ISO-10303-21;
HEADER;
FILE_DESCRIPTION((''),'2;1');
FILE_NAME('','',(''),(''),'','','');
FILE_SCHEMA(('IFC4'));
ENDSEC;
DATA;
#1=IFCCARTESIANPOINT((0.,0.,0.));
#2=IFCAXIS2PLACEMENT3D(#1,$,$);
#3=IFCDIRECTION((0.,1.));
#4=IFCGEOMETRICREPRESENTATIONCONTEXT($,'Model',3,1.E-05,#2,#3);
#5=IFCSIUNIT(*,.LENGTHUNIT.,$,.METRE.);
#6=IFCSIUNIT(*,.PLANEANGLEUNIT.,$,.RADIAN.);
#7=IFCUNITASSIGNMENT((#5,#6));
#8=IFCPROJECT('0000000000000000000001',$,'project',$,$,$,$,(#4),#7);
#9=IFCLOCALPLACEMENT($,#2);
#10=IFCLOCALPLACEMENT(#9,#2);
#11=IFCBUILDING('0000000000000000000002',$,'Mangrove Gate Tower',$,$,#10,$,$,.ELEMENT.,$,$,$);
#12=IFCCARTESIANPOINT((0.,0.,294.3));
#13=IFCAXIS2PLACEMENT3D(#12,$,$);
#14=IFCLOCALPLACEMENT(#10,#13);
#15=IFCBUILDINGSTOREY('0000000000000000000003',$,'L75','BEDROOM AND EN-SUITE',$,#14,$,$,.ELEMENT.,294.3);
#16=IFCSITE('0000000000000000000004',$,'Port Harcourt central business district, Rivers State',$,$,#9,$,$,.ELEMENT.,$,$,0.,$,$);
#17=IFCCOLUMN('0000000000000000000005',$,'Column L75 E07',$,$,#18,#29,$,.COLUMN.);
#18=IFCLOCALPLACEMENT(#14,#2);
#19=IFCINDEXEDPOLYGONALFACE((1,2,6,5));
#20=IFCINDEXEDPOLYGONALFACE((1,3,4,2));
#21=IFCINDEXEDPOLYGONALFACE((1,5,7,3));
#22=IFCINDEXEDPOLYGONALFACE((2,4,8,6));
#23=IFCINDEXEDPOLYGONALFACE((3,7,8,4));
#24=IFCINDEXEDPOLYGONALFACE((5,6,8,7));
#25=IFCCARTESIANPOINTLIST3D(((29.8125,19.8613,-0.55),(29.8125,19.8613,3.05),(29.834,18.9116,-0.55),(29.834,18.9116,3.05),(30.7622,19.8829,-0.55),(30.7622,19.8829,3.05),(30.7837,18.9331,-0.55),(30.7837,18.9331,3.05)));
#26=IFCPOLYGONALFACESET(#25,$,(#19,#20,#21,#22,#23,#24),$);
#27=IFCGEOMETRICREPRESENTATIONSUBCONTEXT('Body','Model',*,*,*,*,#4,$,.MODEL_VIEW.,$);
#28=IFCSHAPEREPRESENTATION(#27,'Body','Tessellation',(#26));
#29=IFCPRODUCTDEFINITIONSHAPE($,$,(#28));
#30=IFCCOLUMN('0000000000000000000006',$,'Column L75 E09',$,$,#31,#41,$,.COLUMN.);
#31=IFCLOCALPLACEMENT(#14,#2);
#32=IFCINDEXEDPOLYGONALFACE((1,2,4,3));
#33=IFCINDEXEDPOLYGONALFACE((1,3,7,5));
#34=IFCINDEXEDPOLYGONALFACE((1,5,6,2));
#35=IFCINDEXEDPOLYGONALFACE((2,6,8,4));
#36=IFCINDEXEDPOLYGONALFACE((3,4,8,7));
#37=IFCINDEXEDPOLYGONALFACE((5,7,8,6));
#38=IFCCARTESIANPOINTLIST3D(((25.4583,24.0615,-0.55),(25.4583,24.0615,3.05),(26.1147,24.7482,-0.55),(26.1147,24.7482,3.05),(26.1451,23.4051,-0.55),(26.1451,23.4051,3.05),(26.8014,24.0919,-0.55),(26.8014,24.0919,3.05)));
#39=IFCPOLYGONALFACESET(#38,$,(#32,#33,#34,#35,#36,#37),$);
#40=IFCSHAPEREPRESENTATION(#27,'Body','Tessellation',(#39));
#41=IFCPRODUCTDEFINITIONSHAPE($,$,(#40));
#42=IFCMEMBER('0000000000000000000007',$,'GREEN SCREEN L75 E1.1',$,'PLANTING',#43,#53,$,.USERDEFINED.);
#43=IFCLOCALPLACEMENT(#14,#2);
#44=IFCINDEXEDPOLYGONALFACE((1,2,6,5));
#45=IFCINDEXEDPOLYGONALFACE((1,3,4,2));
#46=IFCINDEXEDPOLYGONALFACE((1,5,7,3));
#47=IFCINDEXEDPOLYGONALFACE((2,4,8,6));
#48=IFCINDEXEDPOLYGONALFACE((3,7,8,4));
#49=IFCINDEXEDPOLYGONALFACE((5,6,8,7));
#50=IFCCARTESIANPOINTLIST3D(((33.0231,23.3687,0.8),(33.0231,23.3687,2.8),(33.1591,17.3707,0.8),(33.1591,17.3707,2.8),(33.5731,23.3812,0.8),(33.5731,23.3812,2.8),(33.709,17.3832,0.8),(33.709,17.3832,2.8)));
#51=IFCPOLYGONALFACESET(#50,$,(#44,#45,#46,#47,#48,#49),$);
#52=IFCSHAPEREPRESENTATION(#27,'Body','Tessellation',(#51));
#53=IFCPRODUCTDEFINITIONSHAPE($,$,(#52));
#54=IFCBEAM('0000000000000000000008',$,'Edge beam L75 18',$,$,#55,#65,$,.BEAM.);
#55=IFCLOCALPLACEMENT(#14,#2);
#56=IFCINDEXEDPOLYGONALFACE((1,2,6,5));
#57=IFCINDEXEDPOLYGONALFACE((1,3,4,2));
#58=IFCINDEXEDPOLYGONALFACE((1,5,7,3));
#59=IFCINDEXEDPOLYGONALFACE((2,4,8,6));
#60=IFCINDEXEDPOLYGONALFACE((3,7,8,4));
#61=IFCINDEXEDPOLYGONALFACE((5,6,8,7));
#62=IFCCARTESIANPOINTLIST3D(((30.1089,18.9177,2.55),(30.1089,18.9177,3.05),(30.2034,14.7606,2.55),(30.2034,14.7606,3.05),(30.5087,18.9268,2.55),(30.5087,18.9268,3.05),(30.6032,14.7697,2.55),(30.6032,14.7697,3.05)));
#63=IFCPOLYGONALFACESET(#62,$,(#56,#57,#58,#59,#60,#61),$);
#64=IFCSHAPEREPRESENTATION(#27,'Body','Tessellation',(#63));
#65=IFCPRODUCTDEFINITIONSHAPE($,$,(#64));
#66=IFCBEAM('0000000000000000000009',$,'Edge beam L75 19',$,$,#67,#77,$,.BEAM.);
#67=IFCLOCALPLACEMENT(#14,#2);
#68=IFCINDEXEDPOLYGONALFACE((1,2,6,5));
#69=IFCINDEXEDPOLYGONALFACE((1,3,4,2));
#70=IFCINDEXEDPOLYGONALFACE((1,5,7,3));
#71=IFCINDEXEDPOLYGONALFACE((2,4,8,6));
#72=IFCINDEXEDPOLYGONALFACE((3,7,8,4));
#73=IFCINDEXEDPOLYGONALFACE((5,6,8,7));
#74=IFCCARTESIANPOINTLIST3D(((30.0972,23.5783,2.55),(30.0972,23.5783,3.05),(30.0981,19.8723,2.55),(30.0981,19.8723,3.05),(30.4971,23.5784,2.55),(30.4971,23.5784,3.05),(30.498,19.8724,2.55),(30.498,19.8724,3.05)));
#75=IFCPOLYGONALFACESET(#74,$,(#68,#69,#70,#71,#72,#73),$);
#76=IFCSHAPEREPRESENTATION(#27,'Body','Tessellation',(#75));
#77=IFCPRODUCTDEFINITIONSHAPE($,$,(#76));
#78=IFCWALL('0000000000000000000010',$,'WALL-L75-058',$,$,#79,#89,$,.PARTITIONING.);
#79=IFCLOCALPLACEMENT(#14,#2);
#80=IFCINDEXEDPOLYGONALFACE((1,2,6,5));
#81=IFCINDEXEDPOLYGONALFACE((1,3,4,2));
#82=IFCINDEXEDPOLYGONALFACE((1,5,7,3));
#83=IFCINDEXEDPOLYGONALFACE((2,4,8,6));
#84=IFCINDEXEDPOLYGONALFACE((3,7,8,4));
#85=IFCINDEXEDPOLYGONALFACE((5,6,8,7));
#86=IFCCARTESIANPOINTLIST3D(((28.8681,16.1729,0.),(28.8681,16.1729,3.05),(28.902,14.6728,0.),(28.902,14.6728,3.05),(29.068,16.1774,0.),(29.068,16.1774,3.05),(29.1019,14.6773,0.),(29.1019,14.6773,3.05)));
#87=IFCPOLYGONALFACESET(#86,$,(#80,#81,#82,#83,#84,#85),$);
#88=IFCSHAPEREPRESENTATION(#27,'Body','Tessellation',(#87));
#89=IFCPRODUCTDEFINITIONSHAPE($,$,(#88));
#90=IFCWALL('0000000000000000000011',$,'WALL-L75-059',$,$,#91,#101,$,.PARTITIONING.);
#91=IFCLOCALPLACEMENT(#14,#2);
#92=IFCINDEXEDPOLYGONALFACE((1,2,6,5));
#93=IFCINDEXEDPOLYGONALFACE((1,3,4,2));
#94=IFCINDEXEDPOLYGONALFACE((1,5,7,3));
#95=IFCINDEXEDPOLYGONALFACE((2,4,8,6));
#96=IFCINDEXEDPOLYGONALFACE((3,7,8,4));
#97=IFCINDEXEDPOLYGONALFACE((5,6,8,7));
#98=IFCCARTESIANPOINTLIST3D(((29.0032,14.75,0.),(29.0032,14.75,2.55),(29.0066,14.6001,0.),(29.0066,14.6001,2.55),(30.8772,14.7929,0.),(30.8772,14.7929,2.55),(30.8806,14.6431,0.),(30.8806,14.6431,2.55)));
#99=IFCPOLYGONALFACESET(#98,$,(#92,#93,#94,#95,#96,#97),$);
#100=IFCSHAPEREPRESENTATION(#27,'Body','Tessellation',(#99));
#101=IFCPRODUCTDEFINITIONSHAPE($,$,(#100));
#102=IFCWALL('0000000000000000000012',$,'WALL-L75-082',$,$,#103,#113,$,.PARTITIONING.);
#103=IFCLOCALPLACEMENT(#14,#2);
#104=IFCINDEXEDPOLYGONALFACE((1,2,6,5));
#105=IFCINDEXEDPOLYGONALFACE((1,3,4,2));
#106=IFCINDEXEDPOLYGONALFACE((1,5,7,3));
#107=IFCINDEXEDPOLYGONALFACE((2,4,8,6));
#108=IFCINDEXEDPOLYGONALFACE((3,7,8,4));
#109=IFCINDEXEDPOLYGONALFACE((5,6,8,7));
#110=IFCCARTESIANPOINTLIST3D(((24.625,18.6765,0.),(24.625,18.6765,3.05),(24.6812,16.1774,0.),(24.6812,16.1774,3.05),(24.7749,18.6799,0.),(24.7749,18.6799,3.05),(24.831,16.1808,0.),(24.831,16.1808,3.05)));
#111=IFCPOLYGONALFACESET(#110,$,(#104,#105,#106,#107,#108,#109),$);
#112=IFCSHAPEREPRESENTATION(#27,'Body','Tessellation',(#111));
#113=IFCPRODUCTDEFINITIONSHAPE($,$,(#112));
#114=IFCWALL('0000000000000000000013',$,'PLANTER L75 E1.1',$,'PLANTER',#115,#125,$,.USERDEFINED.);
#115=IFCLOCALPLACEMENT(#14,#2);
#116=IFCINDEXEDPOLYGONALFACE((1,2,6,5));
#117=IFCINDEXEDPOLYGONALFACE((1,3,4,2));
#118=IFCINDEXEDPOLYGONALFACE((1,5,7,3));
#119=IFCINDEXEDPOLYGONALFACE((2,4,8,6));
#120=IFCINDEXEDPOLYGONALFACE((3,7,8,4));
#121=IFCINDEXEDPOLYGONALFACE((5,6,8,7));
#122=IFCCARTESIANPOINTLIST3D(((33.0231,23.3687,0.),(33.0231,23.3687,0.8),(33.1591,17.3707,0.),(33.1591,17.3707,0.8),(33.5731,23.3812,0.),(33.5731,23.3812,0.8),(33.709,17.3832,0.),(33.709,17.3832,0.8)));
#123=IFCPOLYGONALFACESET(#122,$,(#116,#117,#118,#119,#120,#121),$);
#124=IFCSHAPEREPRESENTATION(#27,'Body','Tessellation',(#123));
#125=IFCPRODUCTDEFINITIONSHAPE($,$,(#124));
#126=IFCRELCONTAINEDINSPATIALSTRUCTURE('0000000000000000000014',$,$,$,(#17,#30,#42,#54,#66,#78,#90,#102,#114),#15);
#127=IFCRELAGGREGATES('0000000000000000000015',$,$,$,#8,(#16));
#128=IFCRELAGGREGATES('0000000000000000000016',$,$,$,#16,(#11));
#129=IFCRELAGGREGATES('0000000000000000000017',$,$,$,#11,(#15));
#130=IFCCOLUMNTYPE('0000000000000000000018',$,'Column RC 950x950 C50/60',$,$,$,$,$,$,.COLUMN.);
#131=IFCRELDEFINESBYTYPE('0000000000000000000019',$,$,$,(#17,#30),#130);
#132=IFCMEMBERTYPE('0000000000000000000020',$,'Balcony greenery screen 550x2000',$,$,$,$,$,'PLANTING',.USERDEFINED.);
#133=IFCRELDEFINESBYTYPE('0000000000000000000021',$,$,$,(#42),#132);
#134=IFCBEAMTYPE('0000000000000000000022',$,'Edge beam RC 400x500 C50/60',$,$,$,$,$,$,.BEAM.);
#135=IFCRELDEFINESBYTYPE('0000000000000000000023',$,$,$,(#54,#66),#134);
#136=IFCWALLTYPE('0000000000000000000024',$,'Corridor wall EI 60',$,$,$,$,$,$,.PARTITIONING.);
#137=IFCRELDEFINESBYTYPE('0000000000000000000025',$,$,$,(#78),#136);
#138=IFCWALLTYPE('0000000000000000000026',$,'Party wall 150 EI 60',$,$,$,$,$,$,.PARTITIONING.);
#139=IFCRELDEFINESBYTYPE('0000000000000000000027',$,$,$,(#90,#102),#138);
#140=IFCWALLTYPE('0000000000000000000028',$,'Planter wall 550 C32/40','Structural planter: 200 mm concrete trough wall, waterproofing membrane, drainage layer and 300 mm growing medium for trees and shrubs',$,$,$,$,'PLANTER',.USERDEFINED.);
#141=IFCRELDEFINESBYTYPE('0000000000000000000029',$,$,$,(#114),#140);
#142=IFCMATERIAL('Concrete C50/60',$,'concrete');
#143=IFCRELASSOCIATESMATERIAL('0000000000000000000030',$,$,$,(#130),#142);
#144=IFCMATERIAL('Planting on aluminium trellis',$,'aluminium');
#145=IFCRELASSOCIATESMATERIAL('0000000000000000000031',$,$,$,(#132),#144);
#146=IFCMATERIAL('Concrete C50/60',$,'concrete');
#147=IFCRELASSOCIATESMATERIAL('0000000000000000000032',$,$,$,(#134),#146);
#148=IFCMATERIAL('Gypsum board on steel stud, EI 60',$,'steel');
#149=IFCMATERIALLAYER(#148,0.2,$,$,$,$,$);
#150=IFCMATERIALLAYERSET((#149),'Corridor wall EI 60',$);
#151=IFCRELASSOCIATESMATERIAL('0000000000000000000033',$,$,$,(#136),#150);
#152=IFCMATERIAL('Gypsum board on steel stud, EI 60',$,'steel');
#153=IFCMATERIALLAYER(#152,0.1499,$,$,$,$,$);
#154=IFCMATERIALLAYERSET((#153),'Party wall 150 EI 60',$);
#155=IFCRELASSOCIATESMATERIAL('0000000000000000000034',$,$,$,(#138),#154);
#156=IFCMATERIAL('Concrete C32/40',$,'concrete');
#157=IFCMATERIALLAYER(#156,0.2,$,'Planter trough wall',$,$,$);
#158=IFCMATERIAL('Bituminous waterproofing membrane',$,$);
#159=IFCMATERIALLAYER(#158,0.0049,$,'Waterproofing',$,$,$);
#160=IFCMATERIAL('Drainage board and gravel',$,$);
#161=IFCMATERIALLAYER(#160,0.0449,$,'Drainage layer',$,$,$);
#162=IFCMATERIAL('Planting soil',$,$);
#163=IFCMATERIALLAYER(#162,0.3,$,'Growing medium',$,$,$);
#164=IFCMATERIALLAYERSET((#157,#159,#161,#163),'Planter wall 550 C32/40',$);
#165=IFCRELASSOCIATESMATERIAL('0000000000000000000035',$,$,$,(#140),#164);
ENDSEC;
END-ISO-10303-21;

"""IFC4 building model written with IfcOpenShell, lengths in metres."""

from ifc_helpers import new_model, si_unit, direction, frame, frame_2d, origin, origin_2d, place, context, subcontext, project, spatial, rectangle, extrude, material, layer, layer_set, material_profile, profile_set, type_object, element, save


model = new_model("IFC4")

# Units and contexts
model_context = context("Model", 3, precision=1e-05, world=origin(), true_north=direction((0.0, 1.0)))
body_context = subcontext(model_context, "Body", "Model", "MODEL_VIEW")
ifc_project = project(units=[si_unit("LENGTHUNIT", "METRE"), si_unit("PLANEANGLEUNIT", "RADIAN")], contexts=[model_context])

# Site, building, storey
site_placement = place(None, origin())
site = spatial("IfcSite", under=ifc_project, at=site_placement, Name="Port Harcourt central business district, Rivers State", CompositionType="ELEMENT", RefElevation=0.0)
building_placement = place(site_placement, origin())
building = spatial("IfcBuilding", under=site, at=building_placement, Name="Mangrove Gate Tower", CompositionType="ELEMENT")
storey_placement = place(building_placement, frame((0.0, 0.0, 294.3)))
storey = spatial("IfcBuildingStorey", under=building, at=storey_placement, Name="L75", Description="BEDROOM AND EN-SUITE", CompositionType="ELEMENT", Elevation=294.3)

# Columns
ifc_material_1 = material(Name="Concrete C50/60", Category="concrete")
ifc_material_profile_1 = material_profile(ifc_material_1, rectangle(XDim=0.95, YDim=0.95, at=origin_2d()))
ifc_profile_set_1 = profile_set([ifc_material_profile_1], Name="Concrete C50/60")
column_type = type_object("IfcColumnType", Name="Column RC 950x950 C50/60", PredefinedType="COLUMN", material=ifc_profile_set_1)
for number, where, z_axis, x_axis, name in (
    (1, (30.2981, 19.3972, -0.55), (0.0, 0.0, 1.0), (-0.022708, 0.999742, 0.0), "Column L75 E07"),
    (2, (26.1299, 24.0767, -0.55), (0.0, 0.0, 1.0), (-0.72292, 0.690932, 0.0), "Column L75 E09"),
):
    element("IfcColumn", number, at=place(storey_placement, frame(where, z_axis=z_axis, x_axis=x_axis)), inside=storey, type_object=column_type, Name=name, PredefinedType="COLUMN", context=body_context, shape_type="SweptSolid", body=[
        extrude(rectangle(XDim=0.95, YDim=0.95, at=origin_2d()), origin(), (0.0, 0.0, 1.0), 3.6001),
    ])

# Member
ifc_material_2 = material(Name="Planting on aluminium trellis", Category="aluminium")
ifc_material_profile_2 = material_profile(ifc_material_2, rectangle(XDim=0.55, YDim=2.0, at=origin_2d()))
ifc_profile_set_2 = profile_set([ifc_material_profile_2], Name="Planting on aluminium trellis")
member_type = type_object("IfcMemberType", Name="Balcony greenery screen 550x2000", ElementType="PLANTING", PredefinedType="USERDEFINED", material=ifc_profile_set_2)
member_placement = place(storey_placement, frame((33.4341, 17.377, 1.8), z_axis=(-0.022666, 0.999743, 0.0), x_axis=(-0.999743, -0.022666, 0.0)))
element("IfcMember", 3, at=member_placement, inside=storey, type_object=member_type, Name="GREEN SCREEN L75 E1.1", ObjectType="PLANTING", PredefinedType="USERDEFINED", context=body_context, shape_type="SweptSolid", body=[
    extrude(rectangle(XDim=0.55, YDim=2.0, at=origin_2d()), origin(), (0.0, 0.0, 1.0), 5.9995),
])

# Beams
ifc_material_3 = material(Name="Concrete C50/60", Category="concrete")
ifc_material_profile_3 = material_profile(ifc_material_3, rectangle(XDim=0.3999, YDim=0.5, at=origin_2d()))
ifc_profile_set_3 = profile_set([ifc_material_profile_3], Name="Concrete C50/60")
beam_type = type_object("IfcBeamType", Name="Edge beam RC 400x500 C50/60", PredefinedType="BEAM", material=ifc_profile_set_3)
beam_1_placement = place(storey_placement, frame((30.4033, 14.7651, 2.8), z_axis=(-0.022721, 0.999742, 0.0), x_axis=(-0.999742, -0.022721, 0.0)))
element("IfcBeam", 4, at=beam_1_placement, inside=storey, type_object=beam_type, Name="Edge beam L75 18", PredefinedType="BEAM", context=body_context, shape_type="SweptSolid", body=[
    extrude(rectangle(XDim=0.3999, YDim=0.5, at=origin_2d()), origin(), (0.0, 0.0, 1.0), 4.1582),
])
beam_2_placement = place(storey_placement, frame((30.2981, 19.8723, 2.8), z_axis=(-0.000264, 1.0, 0.0), x_axis=(-1.0, -0.000264, 0.0)))
element("IfcBeam", 5, at=beam_2_placement, inside=storey, type_object=beam_type, Name="Edge beam L75 19", PredefinedType="BEAM", context=body_context, shape_type="SweptSolid", body=[
    extrude(rectangle(XDim=0.3999, YDim=0.5, at=origin_2d()), origin(), (0.0, 0.0, 1.0), 3.7061),
])

# Walls
ifc_material_4 = material(Name="Gypsum board on steel stud, EI 60", Category="steel")
ifc_layer_1 = layer(ifc_material_4, 0.2)
ifc_layer_set_1 = layer_set([ifc_layer_1], Name="Corridor wall EI 60")
wall_type_1 = type_object("IfcWallType", Name="Corridor wall EI 60", PredefinedType="PARTITIONING", material=ifc_layer_set_1)
wall_1_placement = place(storey_placement, frame((29.002, 14.675, 0.0), z_axis=(0.0, 0.0, 1.0), x_axis=(-0.022618, 0.999744, 0.0)))
element("IfcWall", 6, at=wall_1_placement, inside=storey, type_object=wall_type_1, Name="WALL-L75-058", PredefinedType="PARTITIONING", context=body_context, shape_type="SweptSolid", body=[
    extrude(rectangle(XDim=1.5005, YDim=0.2, at=frame_2d((0.7502, 0.0))), origin(), (0.0, 0.0, 1.0), 3.05),
])
ifc_material_5 = material(Name="Gypsum board on steel stud, EI 60", Category="steel")
ifc_layer_2 = layer(ifc_material_5, 0.1499)
ifc_layer_set_2 = layer_set([ifc_layer_2], Name="Party wall 150 EI 60")
wall_type_2 = type_object("IfcWallType", Name="Party wall 150 EI 60", PredefinedType="PARTITIONING", material=ifc_layer_set_2)
wall_2_placement = place(storey_placement, frame((29.0049, 14.675, 0.0), z_axis=(0.0, 0.0, 1.0), x_axis=(0.999737, 0.022923, 0.0)))
element("IfcWall", 7, at=wall_2_placement, inside=storey, type_object=wall_type_2, Name="WALL-L75-059", PredefinedType="PARTITIONING", context=body_context, shape_type="SweptSolid", body=[
    extrude(rectangle(XDim=1.8745, YDim=0.1499, at=frame_2d((0.9373, 0.0))), origin(), (0.0, 0.0, 1.0), 2.55),
])
wall_3_placement = place(storey_placement, frame((24.7561, 16.179, 0.0), z_axis=(0.0, 0.0, 1.0), x_axis=(-0.022464, 0.999748, 0.0)))
element("IfcWall", 8, at=wall_3_placement, inside=storey, type_object=wall_type_2, Name="WALL-L75-082", PredefinedType="PARTITIONING", context=body_context, shape_type="SweptSolid", body=[
    extrude(rectangle(XDim=2.4998, YDim=0.1499, at=frame_2d((1.25, 0.0))), origin(), (0.0, 0.0, 1.0), 3.05),
])
ifc_material_6 = material(Name="Concrete C32/40", Category="concrete")
ifc_layer_3 = layer(ifc_material_6, 0.2, Name="Planter trough wall")
ifc_material_7 = material(Name="Bituminous waterproofing membrane")
ifc_layer_4 = layer(ifc_material_7, 0.0049, Name="Waterproofing")
ifc_material_8 = material(Name="Drainage board and gravel")
ifc_layer_5 = layer(ifc_material_8, 0.0449, Name="Drainage layer")
ifc_material_9 = material(Name="Planting soil")
ifc_layer_6 = layer(ifc_material_9, 0.3, Name="Growing medium")
ifc_layer_set_3 = layer_set([ifc_layer_3, ifc_layer_4, ifc_layer_5, ifc_layer_6], Name="Planter wall 550 C32/40")
wall_type_3 = type_object("IfcWallType", Name="Planter wall 550 C32/40", Description="Structural planter: 200 mm concrete trough wall, waterproofing membrane, drainage layer and 300 mm growing medium for trees and shrubs", ElementType="PLANTER", PredefinedType="USERDEFINED", material=ifc_layer_set_3)
wall_4_placement = place(storey_placement, frame((33.4341, 17.377, 0.0), z_axis=(0.0, 0.0, 1.0), x_axis=(-0.022666, 0.999743, 0.0)))
element("IfcWall", 9, at=wall_4_placement, inside=storey, type_object=wall_type_3, Name="PLANTER L75 E1.1", ObjectType="PLANTER", PredefinedType="USERDEFINED", context=body_context, shape_type="SweptSolid", body=[
    extrude(rectangle(XDim=5.9995, YDim=0.55, at=frame_2d((2.9998, 0.0))), origin(), (0.0, 0.0, 1.0), 0.8),
])

save(model, "model.ifc")
